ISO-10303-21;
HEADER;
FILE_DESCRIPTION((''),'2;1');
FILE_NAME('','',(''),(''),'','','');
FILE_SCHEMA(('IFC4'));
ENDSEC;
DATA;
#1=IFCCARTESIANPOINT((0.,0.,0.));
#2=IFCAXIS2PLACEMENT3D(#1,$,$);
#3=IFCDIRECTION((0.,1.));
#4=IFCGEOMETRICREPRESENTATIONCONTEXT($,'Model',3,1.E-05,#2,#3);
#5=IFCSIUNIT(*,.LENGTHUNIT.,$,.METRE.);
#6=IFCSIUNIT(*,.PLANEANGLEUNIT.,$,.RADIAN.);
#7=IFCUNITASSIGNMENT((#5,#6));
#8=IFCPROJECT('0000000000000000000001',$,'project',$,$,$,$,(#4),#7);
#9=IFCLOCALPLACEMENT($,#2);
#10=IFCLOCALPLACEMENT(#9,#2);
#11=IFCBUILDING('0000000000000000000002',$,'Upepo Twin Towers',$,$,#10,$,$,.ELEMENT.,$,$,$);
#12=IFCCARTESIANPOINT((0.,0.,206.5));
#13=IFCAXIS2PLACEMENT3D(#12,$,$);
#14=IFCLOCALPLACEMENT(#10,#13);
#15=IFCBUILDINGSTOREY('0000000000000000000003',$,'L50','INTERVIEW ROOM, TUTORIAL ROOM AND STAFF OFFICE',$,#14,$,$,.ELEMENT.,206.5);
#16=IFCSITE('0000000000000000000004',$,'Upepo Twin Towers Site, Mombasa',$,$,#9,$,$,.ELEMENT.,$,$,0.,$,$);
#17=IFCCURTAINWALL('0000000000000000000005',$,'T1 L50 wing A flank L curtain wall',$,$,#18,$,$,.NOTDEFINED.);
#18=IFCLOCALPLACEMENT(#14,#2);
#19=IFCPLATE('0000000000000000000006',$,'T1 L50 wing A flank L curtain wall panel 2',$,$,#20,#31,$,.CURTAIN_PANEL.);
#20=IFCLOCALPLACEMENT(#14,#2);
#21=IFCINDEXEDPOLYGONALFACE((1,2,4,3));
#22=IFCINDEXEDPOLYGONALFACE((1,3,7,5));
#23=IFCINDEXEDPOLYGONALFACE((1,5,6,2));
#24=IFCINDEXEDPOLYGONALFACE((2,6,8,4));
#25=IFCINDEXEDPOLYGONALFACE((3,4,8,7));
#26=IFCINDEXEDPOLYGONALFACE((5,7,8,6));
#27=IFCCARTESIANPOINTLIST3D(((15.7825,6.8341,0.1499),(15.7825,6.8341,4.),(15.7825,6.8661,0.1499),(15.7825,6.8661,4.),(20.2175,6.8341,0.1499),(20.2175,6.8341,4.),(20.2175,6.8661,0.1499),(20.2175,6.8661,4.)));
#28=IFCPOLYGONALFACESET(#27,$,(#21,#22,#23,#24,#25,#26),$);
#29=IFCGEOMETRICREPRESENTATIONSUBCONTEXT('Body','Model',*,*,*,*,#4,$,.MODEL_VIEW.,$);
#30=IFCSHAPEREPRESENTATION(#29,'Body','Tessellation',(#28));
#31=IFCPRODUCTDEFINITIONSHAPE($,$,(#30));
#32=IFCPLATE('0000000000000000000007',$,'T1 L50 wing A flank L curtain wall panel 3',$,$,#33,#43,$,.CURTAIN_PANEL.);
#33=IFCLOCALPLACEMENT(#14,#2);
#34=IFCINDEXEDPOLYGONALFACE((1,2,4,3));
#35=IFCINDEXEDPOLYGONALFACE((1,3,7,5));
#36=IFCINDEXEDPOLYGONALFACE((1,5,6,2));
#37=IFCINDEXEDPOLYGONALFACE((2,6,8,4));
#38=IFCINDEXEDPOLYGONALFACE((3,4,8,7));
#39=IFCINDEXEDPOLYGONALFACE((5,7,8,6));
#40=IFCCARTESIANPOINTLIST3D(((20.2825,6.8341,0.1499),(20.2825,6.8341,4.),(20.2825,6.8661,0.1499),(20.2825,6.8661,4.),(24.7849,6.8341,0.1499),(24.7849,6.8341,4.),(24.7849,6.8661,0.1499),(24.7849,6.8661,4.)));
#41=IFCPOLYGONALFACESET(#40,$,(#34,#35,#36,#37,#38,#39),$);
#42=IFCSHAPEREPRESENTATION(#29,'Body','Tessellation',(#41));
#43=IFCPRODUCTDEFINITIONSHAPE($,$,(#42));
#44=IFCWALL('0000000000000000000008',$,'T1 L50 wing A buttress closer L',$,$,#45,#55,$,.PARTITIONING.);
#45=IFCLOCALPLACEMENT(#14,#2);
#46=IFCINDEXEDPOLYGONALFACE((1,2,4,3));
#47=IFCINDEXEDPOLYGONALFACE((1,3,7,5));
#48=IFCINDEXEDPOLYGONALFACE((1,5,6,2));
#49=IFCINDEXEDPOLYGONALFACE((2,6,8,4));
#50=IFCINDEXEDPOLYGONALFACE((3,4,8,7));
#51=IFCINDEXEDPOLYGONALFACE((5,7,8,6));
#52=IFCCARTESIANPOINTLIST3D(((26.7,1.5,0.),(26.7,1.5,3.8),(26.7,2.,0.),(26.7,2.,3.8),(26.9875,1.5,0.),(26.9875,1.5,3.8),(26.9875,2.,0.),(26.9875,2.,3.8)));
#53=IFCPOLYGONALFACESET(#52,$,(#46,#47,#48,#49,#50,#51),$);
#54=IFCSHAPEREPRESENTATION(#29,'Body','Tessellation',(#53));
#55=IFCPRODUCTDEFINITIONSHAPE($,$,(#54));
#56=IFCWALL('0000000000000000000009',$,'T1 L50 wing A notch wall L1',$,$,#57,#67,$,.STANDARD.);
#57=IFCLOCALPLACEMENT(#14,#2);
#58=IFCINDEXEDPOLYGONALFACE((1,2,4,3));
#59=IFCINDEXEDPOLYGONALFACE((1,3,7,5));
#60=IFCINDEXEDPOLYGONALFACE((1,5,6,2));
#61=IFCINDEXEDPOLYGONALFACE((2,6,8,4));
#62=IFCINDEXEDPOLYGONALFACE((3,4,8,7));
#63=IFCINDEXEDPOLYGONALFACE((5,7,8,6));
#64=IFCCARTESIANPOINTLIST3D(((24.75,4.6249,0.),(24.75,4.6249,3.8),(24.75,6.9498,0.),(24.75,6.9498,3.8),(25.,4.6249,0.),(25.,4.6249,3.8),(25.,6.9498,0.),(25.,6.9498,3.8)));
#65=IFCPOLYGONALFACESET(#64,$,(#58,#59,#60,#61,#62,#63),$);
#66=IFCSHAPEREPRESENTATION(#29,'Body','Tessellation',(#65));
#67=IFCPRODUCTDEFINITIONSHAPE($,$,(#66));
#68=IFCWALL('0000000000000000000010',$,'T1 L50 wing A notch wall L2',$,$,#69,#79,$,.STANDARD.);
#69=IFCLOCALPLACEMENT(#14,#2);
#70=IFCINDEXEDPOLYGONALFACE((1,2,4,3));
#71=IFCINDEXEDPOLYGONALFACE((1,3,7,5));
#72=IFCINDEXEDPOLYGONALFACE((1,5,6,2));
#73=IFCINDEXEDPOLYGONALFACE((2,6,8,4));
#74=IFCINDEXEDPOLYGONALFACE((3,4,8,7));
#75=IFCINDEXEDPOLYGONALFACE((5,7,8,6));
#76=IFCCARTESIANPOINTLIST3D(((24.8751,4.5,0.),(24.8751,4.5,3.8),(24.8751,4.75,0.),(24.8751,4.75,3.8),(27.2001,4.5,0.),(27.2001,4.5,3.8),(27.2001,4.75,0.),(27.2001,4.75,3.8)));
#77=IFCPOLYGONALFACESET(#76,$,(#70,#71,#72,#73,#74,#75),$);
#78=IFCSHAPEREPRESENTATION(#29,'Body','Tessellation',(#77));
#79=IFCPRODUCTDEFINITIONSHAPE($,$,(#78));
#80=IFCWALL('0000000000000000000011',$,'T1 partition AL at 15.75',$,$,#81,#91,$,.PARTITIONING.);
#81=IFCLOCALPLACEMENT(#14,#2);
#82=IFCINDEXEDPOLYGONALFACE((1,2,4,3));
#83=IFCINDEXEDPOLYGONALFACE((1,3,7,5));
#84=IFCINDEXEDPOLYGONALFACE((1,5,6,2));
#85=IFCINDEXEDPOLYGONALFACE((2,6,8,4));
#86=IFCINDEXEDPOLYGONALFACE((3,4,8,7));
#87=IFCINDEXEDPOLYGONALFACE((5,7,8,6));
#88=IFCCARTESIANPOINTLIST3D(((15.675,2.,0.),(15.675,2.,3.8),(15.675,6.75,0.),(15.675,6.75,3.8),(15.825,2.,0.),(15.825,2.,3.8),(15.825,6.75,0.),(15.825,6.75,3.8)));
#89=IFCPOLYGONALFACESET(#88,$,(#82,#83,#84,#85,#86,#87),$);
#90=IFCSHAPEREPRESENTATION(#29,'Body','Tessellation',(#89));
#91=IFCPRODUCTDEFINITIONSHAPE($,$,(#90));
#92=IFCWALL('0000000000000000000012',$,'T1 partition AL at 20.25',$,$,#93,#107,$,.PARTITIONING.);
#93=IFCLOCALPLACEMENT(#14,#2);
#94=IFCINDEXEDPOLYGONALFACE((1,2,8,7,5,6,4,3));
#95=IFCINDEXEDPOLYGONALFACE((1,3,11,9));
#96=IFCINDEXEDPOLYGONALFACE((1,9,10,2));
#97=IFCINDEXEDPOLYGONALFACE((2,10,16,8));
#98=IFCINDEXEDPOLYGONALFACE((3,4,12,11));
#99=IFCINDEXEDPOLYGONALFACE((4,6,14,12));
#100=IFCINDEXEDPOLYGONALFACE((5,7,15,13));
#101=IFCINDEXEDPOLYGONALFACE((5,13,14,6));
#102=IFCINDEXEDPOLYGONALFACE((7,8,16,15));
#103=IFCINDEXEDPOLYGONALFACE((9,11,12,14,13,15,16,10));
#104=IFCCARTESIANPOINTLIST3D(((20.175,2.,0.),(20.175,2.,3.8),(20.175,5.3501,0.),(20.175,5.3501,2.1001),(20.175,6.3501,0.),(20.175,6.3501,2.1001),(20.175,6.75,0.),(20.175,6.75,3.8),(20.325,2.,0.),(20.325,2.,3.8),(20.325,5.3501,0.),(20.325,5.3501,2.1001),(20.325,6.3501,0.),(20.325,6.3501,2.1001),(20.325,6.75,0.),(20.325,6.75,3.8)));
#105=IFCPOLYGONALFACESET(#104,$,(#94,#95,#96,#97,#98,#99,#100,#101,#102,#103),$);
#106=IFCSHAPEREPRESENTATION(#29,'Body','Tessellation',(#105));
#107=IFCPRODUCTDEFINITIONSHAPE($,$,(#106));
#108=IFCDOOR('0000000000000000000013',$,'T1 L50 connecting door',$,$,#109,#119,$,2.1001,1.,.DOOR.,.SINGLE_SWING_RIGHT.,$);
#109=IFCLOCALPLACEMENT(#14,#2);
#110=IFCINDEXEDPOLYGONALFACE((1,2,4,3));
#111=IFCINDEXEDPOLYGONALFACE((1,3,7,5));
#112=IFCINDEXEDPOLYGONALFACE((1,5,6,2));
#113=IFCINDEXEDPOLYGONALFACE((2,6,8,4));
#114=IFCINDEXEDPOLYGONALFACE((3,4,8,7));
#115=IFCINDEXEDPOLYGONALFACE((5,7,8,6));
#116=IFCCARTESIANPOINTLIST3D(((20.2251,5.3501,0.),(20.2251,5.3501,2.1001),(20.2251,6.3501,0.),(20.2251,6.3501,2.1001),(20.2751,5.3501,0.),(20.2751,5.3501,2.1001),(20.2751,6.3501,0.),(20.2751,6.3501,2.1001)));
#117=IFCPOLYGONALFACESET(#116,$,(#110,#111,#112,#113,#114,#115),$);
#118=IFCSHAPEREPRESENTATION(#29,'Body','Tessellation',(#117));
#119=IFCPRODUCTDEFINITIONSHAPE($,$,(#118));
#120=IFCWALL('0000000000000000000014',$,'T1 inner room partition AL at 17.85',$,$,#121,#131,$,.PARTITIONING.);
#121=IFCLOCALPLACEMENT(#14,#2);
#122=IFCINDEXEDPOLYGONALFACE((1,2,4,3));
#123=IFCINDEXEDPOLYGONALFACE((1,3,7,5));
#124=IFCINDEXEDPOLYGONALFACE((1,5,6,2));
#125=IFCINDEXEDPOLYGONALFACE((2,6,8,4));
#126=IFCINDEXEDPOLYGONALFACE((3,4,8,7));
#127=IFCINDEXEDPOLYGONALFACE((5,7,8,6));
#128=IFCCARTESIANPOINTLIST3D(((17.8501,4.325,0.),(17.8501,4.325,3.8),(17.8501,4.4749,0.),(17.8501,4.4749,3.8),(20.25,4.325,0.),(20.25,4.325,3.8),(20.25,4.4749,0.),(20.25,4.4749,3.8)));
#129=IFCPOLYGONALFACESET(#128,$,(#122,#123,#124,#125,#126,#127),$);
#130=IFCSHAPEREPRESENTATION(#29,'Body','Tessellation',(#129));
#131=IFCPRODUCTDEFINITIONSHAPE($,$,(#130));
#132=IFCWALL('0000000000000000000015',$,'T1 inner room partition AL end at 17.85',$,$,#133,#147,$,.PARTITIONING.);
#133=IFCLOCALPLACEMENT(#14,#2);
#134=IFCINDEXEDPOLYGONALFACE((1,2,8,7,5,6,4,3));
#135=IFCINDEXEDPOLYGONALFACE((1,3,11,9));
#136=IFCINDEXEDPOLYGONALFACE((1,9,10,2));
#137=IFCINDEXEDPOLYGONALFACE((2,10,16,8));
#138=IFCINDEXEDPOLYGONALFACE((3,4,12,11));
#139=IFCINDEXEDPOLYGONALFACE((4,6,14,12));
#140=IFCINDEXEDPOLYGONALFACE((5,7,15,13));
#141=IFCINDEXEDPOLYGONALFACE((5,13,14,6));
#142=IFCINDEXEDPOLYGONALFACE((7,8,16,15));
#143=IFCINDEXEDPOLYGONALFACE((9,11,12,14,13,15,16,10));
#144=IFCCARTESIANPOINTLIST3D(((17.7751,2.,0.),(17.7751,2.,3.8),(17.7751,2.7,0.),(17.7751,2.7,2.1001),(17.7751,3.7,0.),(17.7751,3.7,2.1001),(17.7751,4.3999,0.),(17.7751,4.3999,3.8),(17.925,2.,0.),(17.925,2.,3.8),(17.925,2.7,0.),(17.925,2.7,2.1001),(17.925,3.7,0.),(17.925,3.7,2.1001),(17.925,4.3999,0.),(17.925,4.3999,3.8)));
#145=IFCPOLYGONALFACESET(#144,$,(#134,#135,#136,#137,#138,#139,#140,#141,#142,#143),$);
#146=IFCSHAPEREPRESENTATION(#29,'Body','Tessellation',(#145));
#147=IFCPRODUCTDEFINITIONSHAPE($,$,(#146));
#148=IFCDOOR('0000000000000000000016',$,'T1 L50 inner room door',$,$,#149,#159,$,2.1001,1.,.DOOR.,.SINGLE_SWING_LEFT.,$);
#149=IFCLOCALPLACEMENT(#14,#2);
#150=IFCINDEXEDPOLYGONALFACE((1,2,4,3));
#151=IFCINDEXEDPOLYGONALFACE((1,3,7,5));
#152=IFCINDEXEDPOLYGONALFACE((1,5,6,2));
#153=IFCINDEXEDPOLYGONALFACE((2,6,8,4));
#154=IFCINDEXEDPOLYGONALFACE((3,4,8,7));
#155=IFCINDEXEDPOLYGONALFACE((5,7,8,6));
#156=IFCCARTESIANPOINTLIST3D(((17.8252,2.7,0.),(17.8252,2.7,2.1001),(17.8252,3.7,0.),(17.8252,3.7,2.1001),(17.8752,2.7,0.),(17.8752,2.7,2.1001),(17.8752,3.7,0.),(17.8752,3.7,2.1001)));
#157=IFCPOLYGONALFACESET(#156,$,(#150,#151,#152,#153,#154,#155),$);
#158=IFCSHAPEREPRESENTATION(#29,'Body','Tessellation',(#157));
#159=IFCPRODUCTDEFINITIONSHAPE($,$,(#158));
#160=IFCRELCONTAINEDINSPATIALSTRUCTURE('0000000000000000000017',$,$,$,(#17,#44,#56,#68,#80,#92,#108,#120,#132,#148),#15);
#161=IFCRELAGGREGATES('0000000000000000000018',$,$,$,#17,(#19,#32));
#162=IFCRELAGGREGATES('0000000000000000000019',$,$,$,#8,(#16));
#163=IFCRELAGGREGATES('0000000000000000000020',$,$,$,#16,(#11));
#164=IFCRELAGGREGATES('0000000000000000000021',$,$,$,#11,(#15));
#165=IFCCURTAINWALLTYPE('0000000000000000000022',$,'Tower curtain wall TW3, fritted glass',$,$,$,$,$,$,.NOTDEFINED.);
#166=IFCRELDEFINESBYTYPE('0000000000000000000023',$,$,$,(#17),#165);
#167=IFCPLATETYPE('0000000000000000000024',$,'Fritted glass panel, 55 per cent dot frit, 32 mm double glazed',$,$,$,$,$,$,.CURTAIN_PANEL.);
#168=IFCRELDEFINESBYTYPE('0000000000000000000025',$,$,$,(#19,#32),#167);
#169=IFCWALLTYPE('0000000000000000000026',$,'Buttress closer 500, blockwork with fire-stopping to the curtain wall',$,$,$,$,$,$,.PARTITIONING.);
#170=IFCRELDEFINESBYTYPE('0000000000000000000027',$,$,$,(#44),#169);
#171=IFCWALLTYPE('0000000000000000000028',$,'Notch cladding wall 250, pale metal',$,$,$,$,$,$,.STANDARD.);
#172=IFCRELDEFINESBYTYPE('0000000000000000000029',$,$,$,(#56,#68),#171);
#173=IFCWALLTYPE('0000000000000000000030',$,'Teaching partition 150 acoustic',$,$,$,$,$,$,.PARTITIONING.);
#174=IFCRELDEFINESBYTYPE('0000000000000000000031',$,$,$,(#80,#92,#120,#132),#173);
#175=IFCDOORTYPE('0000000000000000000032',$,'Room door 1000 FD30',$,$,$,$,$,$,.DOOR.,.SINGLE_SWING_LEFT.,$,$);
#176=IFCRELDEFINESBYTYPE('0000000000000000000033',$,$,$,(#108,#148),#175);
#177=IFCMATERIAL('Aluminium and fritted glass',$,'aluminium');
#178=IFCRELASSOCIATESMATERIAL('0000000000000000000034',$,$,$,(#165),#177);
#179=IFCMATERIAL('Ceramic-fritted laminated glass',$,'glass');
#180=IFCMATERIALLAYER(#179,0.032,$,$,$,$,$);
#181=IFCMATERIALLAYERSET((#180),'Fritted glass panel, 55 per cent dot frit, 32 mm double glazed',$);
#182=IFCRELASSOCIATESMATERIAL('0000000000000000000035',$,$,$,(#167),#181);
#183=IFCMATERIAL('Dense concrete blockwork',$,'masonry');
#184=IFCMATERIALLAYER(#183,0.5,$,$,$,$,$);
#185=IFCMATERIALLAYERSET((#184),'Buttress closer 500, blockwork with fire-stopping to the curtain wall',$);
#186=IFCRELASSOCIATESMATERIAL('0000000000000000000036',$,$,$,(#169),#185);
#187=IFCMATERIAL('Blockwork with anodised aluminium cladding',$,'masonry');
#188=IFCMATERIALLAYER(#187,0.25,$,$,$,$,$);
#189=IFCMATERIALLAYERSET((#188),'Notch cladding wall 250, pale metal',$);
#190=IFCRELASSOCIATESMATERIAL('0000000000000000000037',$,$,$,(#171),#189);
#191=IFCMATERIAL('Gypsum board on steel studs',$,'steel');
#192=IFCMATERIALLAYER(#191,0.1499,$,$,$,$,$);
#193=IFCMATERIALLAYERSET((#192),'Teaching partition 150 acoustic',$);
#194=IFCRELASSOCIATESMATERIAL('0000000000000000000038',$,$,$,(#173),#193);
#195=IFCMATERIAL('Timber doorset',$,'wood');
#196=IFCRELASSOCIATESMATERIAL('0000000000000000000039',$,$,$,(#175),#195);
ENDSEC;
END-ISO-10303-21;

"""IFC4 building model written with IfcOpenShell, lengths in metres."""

from ifc_helpers import new_model, si_unit, direction, frame, frame_2d, origin, origin_2d, place, context, subcontext, project, spatial, rectangle, extrude, material, layer, layer_set, type_object, element, fill, aggregate, save


model = new_model("IFC4")

# Units and contexts
model_context = context("Model", 3, precision=1e-05, world=origin(), true_north=direction((0.0, 1.0)))
body_context = subcontext(model_context, "Body", "Model", "MODEL_VIEW")
ifc_project = project(units=[si_unit("LENGTHUNIT", "METRE"), si_unit("PLANEANGLEUNIT", "RADIAN")], contexts=[model_context])

# Site, building, storey
site_placement = place(None, origin())
site = spatial("IfcSite", under=ifc_project, at=site_placement, Name="Upepo Twin Towers Site, Mombasa", CompositionType="ELEMENT", RefElevation=0.0)
building_placement = place(site_placement, origin())
building = spatial("IfcBuilding", under=site, at=building_placement, Name="Upepo Twin Towers", CompositionType="ELEMENT")
storey_placement = place(building_placement, frame((0.0, 0.0, 206.5)))
storey = spatial("IfcBuildingStorey", under=building, at=storey_placement, Name="L50", Description="INTERVIEW ROOM, TUTORIAL ROOM AND STAFF OFFICE", CompositionType="ELEMENT", Elevation=206.5)

# Curtain wall
ifc_material_1 = material(Name="Aluminium and fritted glass", Category="aluminium")
curtain_wall_type = type_object("IfcCurtainWallType", Name="Tower curtain wall TW3, fritted glass", PredefinedType="NOTDEFINED", material=ifc_material_1)
curtain_wall_1_placement = place(storey_placement, origin())
curtain_wall_1 = element("IfcCurtainWall", 1, at=curtain_wall_1_placement, inside=storey, type_object=curtain_wall_type, Name="T1 L50 wing A flank L curtain wall", PredefinedType="NOTDEFINED")

# Plates
ifc_material_2 = material(Name="Ceramic-fritted laminated glass", Category="glass")
ifc_layer_1 = layer(ifc_material_2, 0.032)
ifc_layer_set_1 = layer_set([ifc_layer_1], Name="Fritted glass panel, 55 per cent dot frit, 32 mm double glazed")
plate_type = type_object("IfcPlateType", Name="Fritted glass panel, 55 per cent dot frit, 32 mm double glazed", PredefinedType="CURTAIN_PANEL", material=ifc_layer_set_1)
plate_1_placement = place(storey_placement, frame((18.0, 6.8501, 0.1499), z_axis=(0.0, 0.0, 1.0), x_axis=(1.0, 0.0, 0.0)))
plate_1 = element("IfcPlate", 2, at=plate_1_placement, type_object=plate_type, Name="T1 L50 wing A flank L curtain wall panel 2", PredefinedType="CURTAIN_PANEL", context=body_context, shape_type="SweptSolid", body=[
    extrude(rectangle(XDim=4.4351, YDim=0.032, at=origin_2d()), origin(), (0.0, 0.0, 1.0), 3.8501),
])
plate_2_placement = place(storey_placement, frame((22.5337, 6.8501, 0.1499), z_axis=(0.0, 0.0, 1.0), x_axis=(1.0, 0.0, 0.0)))
plate_2 = element("IfcPlate", 3, at=plate_2_placement, type_object=plate_type, Name="T1 L50 wing A flank L curtain wall panel 3", PredefinedType="CURTAIN_PANEL", context=body_context, shape_type="SweptSolid", body=[
    extrude(rectangle(XDim=4.5024, YDim=0.032, at=origin_2d()), origin(), (0.0, 0.0, 1.0), 3.8501),
])
aggregate(curtain_wall_1, [plate_1, plate_2])

# Walls
ifc_material_3 = material(Name="Dense concrete blockwork", Category="masonry")
ifc_layer_2 = layer(ifc_material_3, 0.5)
ifc_layer_set_2 = layer_set([ifc_layer_2], Name="Buttress closer 500, blockwork with fire-stopping to the curtain wall")
wall_type_1 = type_object("IfcWallType", Name="Buttress closer 500, blockwork with fire-stopping to the curtain wall", PredefinedType="PARTITIONING", material=ifc_layer_set_2)
wall_1_placement = place(storey_placement, frame((26.7, 1.75, 0.0), z_axis=(0.0, 0.0, 1.0), x_axis=(1.0, 0.0, 0.0)))
element("IfcWall", 4, at=wall_1_placement, inside=storey, type_object=wall_type_1, Name="T1 L50 wing A buttress closer L", PredefinedType="PARTITIONING", context=body_context, shape_type="SweptSolid", body=[
    extrude(rectangle(XDim=0.2876, YDim=0.5, at=frame_2d((0.1438, 0.0))), origin(), (0.0, 0.0, 1.0), 3.8),
])
ifc_material_4 = material(Name="Blockwork with anodised aluminium cladding", Category="masonry")
ifc_layer_3 = layer(ifc_material_4, 0.25)
ifc_layer_set_3 = layer_set([ifc_layer_3], Name="Notch cladding wall 250, pale metal")
wall_type_2 = type_object("IfcWallType", Name="Notch cladding wall 250, pale metal", PredefinedType="STANDARD", material=ifc_layer_set_3)
for number, where, z_axis, x_axis, name in (
    (5, (24.875, 6.95, 0.0), (0.0, 0.0, 1.0), (0.0, -1.0, 0.0), "T1 L50 wing A notch wall L1"),
    (6, (24.875, 4.625, 0.0), (0.0, 0.0, 1.0), (1.0, 0.0, 0.0), "T1 L50 wing A notch wall L2"),
):
    element("IfcWall", number, at=place(storey_placement, frame(where, z_axis=z_axis, x_axis=x_axis)), inside=storey, type_object=wall_type_2, Name=name, PredefinedType="STANDARD", context=body_context, shape_type="SweptSolid", body=[
        extrude(rectangle(XDim=2.325, YDim=0.25, at=frame_2d((1.1626, 0.0))), origin(), (0.0, 0.0, 1.0), 3.8),
    ])
ifc_material_5 = material(Name="Gypsum board on steel studs", Category="steel")
ifc_layer_4 = layer(ifc_material_5, 0.1499)
ifc_layer_set_4 = layer_set([ifc_layer_4], Name="Teaching partition 150 acoustic")
wall_type_3 = type_object("IfcWallType", Name="Teaching partition 150 acoustic", PredefinedType="PARTITIONING", material=ifc_layer_set_4)
wall_2_placement = place(storey_placement, frame((15.75, 2.0, 0.0), z_axis=(0.0, 0.0, 1.0), x_axis=(0.0, 1.0, 0.0)))
element("IfcWall", 7, at=wall_2_placement, inside=storey, type_object=wall_type_3, Name="T1 partition AL at 15.75", PredefinedType="PARTITIONING", context=body_context, shape_type="SweptSolid", body=[
    extrude(rectangle(XDim=4.75, YDim=0.1499, at=frame_2d((2.375, 0.0))), origin(), (0.0, 0.0, 1.0), 3.8),
])

# Wall, opening, door
wall_3_placement = place(storey_placement, frame((20.25, 2.0, 0.0), z_axis=(0.0, 0.0, 1.0), x_axis=(0.0, 1.0, 0.0)))
wall_3 = element("IfcWall", 8, at=wall_3_placement, inside=storey, type_object=wall_type_3, Name="T1 partition AL at 20.25", PredefinedType="PARTITIONING", context=body_context, shape_type="SweptSolid", body=[
    extrude(rectangle(XDim=4.75, YDim=0.1499, at=frame_2d((2.375, 0.0))), origin(), (0.0, 0.0, 1.0), 3.8),
])
opening_1_placement = place(wall_3_placement, frame((3.3501, 0.0, 0.0)))
opening_1 = element("IfcOpeningElement", 9, at=opening_1_placement, cuts=wall_3, PredefinedType="OPENING", context=body_context, shape_type="SweptSolid", body=[
    extrude(rectangle(XDim=1.0, YDim=2.1001, at=frame_2d((0.5, 1.05))), frame((0.0, 0.085, 0.0), z_axis=(0.0, -1.0, 0.0), x_axis=(1.0, 0.0, 0.0)), (0.0, 0.0, 1.0), 0.1699),
])
ifc_material_6 = material(Name="Timber doorset", Category="wood")
door_type = type_object("IfcDoorType", Name="Room door 1000 FD30", OperationType="SINGLE_SWING_LEFT", PredefinedType="DOOR", material=ifc_material_6)
door_1_placement = place(opening_1_placement, origin())
door_1 = element("IfcDoor", 10, at=door_1_placement, inside=storey, type_object=door_type, Name="T1 L50 connecting door", OperationType="SINGLE_SWING_RIGHT", OverallHeight=2.1001, OverallWidth=1.0, PredefinedType="DOOR", context=body_context, shape_type="SweptSolid", body=[
    extrude(rectangle(XDim=1.0, YDim=2.1001, at=frame_2d((0.5, 1.05))), frame((0.0, 0.0249, 0.0), z_axis=(0.0, -1.0, 0.0), x_axis=(1.0, 0.0, 0.0)), (0.0, 0.0, 1.0), 0.05),
])
fill(opening_1, door_1)

# Wall
wall_4_placement = place(storey_placement, frame((17.8501, 4.3999, 0.0), z_axis=(0.0, 0.0, 1.0), x_axis=(1.0, 0.0, 0.0)))
element("IfcWall", 11, at=wall_4_placement, inside=storey, type_object=wall_type_3, Name="T1 inner room partition AL at 17.85", PredefinedType="PARTITIONING", context=body_context, shape_type="SweptSolid", body=[
    extrude(rectangle(XDim=2.3999, YDim=0.1499, at=frame_2d((1.2, 0.0))), origin(), (0.0, 0.0, 1.0), 3.8),
])

# Wall, opening, door
wall_5_placement = place(storey_placement, frame((17.8501, 2.0, 0.0), z_axis=(0.0, 0.0, 1.0), x_axis=(0.0, 1.0, 0.0)))
wall_5 = element("IfcWall", 12, at=wall_5_placement, inside=storey, type_object=wall_type_3, Name="T1 inner room partition AL end at 17.85", PredefinedType="PARTITIONING", context=body_context, shape_type="SweptSolid", body=[
    extrude(rectangle(XDim=2.3999, YDim=0.1499, at=frame_2d((1.2, 0.0))), origin(), (0.0, 0.0, 1.0), 3.8),
])
opening_2_placement = place(wall_5_placement, frame((0.7, 0.0, 0.0)))
opening_2 = element("IfcOpeningElement", 13, at=opening_2_placement, cuts=wall_5, PredefinedType="OPENING", context=body_context, shape_type="SweptSolid", body=[
    extrude(rectangle(XDim=1.0, YDim=2.1001, at=frame_2d((0.5, 1.05))), frame((0.0, 0.085, 0.0), z_axis=(0.0, -1.0, 0.0), x_axis=(1.0, 0.0, 0.0)), (0.0, 0.0, 1.0), 0.1699),
])
door_2_placement = place(opening_2_placement, origin())
door_2 = element("IfcDoor", 14, at=door_2_placement, inside=storey, type_object=door_type, Name="T1 L50 inner room door", OperationType="SINGLE_SWING_LEFT", OverallHeight=2.1001, OverallWidth=1.0, PredefinedType="DOOR", context=body_context, shape_type="SweptSolid", body=[
    extrude(rectangle(XDim=1.0, YDim=2.1001, at=frame_2d((0.5, 1.05))), frame((0.0, 0.0249, 0.0), z_axis=(0.0, -1.0, 0.0), x_axis=(1.0, 0.0, 0.0)), (0.0, 0.0, 1.0), 0.05),
])
fill(opening_2, door_2)

save(model, "model.ifc")
